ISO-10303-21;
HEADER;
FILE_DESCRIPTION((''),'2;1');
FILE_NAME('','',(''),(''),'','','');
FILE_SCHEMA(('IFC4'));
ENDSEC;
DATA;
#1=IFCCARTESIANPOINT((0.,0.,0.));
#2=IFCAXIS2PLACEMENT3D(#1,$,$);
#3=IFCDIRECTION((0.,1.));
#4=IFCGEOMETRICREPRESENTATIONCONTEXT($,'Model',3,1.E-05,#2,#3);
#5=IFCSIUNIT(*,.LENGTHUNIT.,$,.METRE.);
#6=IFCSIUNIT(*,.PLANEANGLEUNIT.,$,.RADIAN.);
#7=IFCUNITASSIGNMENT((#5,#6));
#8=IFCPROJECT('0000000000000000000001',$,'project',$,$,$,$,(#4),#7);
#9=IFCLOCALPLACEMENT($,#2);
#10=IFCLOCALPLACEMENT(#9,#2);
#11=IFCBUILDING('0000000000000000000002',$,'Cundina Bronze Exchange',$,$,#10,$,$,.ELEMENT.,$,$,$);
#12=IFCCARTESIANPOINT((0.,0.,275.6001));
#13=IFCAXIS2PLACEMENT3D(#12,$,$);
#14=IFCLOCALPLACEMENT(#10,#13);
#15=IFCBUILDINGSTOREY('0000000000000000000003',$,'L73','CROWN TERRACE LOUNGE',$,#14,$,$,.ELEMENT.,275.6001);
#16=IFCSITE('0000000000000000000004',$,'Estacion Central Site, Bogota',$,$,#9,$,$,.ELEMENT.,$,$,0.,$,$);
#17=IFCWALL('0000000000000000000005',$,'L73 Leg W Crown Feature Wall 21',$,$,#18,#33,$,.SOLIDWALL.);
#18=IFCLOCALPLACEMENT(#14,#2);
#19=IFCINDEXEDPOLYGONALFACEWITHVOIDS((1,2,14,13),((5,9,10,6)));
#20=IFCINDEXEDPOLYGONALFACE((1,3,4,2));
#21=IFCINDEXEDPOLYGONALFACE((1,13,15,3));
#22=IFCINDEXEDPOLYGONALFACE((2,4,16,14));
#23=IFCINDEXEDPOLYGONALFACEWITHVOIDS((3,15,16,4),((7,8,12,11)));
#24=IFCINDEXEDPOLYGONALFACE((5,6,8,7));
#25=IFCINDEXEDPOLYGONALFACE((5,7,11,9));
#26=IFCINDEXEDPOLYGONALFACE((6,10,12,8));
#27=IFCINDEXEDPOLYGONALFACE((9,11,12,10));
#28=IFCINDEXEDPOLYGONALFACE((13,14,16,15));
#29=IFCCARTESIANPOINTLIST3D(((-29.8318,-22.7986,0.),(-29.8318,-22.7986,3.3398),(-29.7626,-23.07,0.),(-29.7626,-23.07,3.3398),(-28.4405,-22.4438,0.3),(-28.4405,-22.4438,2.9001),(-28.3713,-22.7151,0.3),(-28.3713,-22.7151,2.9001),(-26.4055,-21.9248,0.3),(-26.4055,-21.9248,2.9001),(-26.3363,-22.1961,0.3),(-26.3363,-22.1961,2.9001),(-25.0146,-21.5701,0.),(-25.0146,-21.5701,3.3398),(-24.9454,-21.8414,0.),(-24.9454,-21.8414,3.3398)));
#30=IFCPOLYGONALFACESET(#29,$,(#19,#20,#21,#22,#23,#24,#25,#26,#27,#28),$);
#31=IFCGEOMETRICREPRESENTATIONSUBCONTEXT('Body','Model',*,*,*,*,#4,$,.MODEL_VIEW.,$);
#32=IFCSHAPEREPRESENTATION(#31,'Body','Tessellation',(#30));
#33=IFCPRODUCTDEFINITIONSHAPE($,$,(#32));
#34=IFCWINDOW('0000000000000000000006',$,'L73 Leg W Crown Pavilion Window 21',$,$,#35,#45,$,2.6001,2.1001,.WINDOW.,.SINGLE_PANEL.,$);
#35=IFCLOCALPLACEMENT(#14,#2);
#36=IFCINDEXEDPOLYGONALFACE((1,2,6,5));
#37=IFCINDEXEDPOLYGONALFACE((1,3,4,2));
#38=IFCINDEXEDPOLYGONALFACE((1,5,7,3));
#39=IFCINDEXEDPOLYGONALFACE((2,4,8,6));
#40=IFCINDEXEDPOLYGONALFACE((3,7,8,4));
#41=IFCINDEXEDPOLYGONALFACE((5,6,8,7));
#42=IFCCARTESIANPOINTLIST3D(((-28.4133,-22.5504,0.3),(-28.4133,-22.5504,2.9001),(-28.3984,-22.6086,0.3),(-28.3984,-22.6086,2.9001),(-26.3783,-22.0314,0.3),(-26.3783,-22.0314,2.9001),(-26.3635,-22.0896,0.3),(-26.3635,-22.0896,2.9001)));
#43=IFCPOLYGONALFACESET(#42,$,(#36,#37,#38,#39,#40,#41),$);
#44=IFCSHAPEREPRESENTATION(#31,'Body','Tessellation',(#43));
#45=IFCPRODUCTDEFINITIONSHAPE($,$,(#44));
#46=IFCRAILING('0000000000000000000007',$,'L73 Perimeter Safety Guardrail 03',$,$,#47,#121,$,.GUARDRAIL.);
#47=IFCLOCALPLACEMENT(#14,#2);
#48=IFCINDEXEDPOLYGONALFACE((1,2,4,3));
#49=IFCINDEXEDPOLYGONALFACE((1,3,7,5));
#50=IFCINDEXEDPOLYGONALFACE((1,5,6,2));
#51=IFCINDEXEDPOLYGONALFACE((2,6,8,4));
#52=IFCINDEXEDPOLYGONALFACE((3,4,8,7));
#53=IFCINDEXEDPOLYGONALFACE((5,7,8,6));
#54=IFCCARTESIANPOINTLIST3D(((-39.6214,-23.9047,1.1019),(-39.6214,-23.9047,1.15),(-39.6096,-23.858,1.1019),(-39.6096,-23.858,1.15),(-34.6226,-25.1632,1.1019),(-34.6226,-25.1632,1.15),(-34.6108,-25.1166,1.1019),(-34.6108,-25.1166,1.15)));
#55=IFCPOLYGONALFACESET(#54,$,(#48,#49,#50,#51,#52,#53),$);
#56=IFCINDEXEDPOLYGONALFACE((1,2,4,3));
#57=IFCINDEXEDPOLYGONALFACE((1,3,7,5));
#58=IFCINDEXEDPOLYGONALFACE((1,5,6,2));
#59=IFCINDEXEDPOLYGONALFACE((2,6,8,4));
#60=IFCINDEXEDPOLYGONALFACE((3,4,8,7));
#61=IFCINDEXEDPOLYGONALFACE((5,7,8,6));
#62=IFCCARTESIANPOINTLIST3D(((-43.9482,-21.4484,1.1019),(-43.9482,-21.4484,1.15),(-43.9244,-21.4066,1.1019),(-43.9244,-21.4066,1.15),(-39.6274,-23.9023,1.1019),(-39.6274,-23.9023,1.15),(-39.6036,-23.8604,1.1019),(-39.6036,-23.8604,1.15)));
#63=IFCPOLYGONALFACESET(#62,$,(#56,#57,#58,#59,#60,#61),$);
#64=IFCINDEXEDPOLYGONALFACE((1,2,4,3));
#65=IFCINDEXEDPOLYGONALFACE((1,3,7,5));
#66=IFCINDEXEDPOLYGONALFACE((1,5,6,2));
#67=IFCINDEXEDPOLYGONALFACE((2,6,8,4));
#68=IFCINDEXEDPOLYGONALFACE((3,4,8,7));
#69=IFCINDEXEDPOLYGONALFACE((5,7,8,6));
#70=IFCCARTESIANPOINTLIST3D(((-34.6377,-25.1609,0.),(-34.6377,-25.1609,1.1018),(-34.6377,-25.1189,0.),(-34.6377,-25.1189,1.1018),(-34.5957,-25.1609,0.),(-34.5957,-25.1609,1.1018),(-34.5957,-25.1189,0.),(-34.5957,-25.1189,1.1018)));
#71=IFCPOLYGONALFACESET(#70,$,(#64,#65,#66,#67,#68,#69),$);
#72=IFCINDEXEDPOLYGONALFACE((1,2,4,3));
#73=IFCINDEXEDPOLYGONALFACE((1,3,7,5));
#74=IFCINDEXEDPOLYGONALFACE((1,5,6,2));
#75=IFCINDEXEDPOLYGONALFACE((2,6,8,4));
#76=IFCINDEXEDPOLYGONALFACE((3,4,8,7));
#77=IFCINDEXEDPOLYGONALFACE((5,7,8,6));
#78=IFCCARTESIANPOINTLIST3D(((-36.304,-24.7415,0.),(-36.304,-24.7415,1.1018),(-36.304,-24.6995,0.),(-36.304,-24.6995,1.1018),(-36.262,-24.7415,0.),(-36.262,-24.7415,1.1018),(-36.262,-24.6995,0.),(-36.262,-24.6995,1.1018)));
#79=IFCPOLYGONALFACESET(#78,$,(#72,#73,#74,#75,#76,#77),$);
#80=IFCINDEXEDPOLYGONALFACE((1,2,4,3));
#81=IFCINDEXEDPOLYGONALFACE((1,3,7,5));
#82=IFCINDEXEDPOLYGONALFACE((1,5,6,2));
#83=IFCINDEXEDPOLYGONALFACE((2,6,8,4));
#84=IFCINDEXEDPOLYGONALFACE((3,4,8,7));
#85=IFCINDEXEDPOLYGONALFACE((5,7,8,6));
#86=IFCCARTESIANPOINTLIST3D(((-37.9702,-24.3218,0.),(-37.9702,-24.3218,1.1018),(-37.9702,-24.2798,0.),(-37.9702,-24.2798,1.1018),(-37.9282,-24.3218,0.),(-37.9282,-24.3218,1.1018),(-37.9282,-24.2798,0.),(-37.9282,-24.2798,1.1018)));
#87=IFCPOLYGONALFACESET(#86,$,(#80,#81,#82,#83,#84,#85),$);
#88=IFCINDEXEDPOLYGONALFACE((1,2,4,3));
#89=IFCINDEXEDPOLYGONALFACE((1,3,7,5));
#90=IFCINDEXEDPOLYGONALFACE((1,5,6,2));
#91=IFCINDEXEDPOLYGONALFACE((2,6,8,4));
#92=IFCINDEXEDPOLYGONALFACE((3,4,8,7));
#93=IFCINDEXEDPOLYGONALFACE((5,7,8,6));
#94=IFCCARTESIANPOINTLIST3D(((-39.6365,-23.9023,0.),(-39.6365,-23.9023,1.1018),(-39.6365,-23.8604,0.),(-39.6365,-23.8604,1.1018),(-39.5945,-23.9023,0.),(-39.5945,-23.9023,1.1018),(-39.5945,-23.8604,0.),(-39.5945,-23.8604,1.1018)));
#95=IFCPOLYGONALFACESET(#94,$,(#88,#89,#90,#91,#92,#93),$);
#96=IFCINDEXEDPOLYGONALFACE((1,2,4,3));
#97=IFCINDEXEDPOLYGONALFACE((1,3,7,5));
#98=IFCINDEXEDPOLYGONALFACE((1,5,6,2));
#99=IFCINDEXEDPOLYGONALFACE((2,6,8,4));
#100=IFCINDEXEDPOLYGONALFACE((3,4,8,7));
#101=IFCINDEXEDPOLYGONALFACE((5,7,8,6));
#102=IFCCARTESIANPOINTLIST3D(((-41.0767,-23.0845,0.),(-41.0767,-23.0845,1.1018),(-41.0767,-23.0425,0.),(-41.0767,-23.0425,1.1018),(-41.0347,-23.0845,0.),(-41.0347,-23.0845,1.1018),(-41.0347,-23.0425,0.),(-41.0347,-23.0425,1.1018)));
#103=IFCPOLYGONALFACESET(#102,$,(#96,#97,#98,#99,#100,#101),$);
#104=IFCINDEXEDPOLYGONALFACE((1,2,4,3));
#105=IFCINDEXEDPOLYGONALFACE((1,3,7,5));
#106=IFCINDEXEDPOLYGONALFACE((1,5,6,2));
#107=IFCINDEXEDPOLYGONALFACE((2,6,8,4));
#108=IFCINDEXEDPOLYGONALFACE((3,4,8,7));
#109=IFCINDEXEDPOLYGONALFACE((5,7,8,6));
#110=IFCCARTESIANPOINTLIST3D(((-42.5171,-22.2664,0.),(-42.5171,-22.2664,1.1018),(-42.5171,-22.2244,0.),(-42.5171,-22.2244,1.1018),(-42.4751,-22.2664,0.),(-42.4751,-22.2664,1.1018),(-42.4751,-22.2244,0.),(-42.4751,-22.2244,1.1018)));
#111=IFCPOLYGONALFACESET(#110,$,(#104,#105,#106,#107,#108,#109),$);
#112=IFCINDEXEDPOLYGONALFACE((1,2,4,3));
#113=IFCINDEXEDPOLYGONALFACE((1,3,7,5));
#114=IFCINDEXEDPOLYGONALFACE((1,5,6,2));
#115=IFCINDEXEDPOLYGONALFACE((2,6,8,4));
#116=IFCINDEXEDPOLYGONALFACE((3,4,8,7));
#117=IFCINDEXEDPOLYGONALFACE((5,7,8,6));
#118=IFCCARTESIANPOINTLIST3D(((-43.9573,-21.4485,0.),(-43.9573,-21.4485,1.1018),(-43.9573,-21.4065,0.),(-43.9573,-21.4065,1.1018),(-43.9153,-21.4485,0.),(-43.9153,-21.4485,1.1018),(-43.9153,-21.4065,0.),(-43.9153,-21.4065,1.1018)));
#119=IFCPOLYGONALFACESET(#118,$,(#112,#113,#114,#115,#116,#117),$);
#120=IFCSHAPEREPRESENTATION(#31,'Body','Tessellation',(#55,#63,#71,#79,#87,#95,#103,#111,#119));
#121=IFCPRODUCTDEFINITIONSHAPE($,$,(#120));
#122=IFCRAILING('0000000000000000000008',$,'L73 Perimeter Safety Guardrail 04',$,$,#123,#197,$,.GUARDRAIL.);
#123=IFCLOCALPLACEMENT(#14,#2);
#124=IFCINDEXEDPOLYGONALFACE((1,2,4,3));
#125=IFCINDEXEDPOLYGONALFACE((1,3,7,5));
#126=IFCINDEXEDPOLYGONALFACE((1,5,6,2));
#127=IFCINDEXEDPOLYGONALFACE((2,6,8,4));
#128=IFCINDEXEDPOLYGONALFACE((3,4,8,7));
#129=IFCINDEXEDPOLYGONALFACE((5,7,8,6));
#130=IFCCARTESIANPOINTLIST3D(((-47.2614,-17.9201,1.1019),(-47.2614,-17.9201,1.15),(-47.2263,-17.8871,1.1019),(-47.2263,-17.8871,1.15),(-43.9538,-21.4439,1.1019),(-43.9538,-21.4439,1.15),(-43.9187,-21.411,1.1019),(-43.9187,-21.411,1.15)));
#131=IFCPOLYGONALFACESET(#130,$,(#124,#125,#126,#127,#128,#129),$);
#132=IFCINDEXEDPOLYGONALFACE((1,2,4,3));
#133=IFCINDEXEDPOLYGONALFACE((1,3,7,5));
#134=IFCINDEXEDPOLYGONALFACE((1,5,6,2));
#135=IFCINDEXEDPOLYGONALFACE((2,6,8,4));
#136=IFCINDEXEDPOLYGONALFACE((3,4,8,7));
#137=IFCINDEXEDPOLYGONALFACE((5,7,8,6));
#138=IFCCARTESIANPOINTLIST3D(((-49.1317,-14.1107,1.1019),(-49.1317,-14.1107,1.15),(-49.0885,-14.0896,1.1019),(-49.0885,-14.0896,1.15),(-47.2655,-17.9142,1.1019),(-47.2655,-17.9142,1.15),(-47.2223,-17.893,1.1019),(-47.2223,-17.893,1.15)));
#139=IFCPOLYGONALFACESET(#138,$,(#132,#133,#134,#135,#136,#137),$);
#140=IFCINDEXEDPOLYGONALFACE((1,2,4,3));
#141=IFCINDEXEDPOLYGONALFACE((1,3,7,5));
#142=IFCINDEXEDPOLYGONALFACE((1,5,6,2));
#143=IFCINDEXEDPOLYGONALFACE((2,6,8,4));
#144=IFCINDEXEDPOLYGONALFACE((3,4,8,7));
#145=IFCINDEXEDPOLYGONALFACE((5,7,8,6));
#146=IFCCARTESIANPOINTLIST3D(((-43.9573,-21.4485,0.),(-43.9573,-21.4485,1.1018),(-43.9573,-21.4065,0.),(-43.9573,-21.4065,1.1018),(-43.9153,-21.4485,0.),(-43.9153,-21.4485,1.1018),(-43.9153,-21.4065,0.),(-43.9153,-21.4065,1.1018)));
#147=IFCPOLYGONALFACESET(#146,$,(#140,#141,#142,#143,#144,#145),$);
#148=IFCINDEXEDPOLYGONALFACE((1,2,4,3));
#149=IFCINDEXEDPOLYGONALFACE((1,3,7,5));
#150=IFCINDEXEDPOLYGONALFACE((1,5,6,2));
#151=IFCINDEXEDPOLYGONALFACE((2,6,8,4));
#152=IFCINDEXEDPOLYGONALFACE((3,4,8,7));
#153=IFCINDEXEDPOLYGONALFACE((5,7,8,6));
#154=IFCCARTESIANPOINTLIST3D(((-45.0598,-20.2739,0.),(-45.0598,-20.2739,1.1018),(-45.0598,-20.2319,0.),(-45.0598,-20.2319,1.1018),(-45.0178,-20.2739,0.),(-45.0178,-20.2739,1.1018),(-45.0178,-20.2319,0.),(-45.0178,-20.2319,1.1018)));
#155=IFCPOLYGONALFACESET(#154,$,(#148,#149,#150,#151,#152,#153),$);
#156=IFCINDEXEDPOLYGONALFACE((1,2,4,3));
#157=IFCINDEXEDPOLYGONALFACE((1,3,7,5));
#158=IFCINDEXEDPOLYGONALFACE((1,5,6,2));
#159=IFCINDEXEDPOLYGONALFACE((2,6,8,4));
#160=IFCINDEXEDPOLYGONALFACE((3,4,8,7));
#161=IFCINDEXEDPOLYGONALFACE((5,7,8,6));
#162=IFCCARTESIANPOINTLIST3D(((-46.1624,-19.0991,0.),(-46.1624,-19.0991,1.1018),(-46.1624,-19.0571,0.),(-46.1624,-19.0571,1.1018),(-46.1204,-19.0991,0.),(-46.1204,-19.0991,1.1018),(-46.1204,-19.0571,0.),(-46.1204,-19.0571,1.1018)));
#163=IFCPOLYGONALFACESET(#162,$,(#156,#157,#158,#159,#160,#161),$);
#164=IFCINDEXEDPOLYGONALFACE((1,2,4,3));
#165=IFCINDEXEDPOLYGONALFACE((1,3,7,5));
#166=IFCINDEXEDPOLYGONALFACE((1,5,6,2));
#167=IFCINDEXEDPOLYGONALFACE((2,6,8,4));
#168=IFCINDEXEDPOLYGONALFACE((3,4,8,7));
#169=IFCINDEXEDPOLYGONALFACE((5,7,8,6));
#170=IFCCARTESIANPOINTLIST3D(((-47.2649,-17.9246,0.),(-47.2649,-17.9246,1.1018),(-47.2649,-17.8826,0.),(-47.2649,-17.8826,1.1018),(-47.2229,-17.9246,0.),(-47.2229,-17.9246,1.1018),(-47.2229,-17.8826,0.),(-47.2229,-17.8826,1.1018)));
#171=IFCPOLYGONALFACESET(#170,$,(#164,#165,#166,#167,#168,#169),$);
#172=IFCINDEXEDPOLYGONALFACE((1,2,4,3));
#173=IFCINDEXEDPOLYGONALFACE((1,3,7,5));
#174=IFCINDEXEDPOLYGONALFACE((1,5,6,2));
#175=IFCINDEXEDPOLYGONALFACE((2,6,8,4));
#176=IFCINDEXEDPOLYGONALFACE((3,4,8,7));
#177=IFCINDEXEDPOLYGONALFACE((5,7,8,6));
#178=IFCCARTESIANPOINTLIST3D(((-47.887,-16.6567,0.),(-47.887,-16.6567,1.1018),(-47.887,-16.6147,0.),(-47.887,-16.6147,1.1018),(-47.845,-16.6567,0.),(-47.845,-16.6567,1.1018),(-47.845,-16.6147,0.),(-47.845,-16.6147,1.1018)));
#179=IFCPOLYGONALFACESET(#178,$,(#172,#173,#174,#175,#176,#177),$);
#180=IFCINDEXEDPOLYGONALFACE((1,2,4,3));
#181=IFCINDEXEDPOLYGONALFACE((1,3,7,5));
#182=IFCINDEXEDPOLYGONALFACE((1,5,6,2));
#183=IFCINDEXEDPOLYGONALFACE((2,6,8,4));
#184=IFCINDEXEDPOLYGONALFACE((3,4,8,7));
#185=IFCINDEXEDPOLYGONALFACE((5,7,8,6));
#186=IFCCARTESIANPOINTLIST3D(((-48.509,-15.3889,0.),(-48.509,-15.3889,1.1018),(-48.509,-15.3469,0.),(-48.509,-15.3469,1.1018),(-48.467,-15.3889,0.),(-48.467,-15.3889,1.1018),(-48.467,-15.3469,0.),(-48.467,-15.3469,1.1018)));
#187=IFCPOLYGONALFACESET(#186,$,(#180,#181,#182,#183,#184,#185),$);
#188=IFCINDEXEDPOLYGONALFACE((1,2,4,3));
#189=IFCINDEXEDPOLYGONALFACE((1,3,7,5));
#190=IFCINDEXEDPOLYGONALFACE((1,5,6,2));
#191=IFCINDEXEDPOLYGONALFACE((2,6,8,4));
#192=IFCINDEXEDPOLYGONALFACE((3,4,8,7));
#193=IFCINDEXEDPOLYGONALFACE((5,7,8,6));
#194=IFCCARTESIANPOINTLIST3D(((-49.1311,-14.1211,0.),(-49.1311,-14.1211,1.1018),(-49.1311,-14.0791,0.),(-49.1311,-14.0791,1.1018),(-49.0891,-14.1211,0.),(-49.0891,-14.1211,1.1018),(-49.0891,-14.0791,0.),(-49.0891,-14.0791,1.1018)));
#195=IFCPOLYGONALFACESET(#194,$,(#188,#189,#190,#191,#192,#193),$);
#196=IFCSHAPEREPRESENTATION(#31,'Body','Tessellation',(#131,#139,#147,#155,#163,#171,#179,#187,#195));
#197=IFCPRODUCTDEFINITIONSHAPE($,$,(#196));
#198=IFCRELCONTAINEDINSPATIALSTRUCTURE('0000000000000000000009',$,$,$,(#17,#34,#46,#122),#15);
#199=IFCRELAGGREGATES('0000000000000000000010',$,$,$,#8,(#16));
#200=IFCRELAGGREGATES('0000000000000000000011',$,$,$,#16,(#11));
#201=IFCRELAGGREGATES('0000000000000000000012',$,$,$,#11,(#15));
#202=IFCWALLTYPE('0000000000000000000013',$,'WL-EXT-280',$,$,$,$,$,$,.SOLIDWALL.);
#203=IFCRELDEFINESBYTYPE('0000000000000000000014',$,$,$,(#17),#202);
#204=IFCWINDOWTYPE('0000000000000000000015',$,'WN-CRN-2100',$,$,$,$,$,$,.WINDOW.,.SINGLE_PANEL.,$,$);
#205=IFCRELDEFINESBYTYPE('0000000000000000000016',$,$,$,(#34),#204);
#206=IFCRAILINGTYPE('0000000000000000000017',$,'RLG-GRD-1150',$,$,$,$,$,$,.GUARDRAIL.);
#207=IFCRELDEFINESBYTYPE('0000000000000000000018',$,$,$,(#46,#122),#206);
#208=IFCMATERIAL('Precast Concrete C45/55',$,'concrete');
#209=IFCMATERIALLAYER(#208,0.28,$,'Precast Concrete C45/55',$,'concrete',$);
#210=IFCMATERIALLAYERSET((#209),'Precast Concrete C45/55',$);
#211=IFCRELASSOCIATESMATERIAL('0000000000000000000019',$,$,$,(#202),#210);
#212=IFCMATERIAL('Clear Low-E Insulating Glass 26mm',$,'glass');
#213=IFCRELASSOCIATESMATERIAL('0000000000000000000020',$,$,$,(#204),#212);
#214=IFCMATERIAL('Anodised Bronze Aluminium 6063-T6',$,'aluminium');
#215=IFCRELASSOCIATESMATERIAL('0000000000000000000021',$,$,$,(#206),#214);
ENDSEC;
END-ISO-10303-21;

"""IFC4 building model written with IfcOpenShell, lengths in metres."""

from ifc_helpers import new_model, si_unit, direction, frame, frame_2d, origin, origin_2d, place, context, subcontext, project, spatial, rectangle, extrude, material, layer, layer_set, type_object, element, fill, save


model = new_model("IFC4")

# Units and contexts
model_context = context("Model", 3, precision=1e-05, world=origin(), true_north=direction((0.0, 1.0)))
body_context = subcontext(model_context, "Body", "Model", "MODEL_VIEW")
ifc_project = project(units=[si_unit("LENGTHUNIT", "METRE"), si_unit("PLANEANGLEUNIT", "RADIAN")], contexts=[model_context])

# Site, building, storey
site_placement = place(None, origin())
site = spatial("IfcSite", under=ifc_project, at=site_placement, Name="Estacion Central Site, Bogota", CompositionType="ELEMENT", RefElevation=0.0)
building_placement = place(site_placement, origin())
building = spatial("IfcBuilding", under=site, at=building_placement, Name="Cundina Bronze Exchange", CompositionType="ELEMENT")
storey_placement = place(building_placement, frame((0.0, 0.0, 275.6001)))
storey = spatial("IfcBuildingStorey", under=building, at=storey_placement, Name="L73", Description="CROWN TERRACE LOUNGE", CompositionType="ELEMENT", Elevation=275.6001)

# Shared definitions
ifc_material_1 = material(Name="Anodised Bronze Aluminium 6063-T6", Category="aluminium")
ifc_material_2 = material(Name="Clear Low-E Insulating Glass 26mm", Category="glass")

# Shared definitions
ifc_material_3 = material(Name="Precast Concrete C45/55", Category="concrete")
ifc_layer_1 = layer(ifc_material_3, 0.28, Name="Precast Concrete C45/55", Category="concrete")
ifc_layer_set_1 = layer_set([ifc_layer_1], Name="Precast Concrete C45/55")
wall_type_1 = type_object("IfcWallType", Name="WL-EXT-280", PredefinedType="SOLIDWALL", material=ifc_layer_set_1)

# Wall, opening, window
wall_1_placement = place(storey_placement, frame((-29.7974, -22.9343, 0.0), z_axis=(0.0, 0.0, 1.0), x_axis=(0.968985, 0.24712, 0.0)))
wall_1 = element("IfcWall", 1, at=wall_1_placement, inside=storey, type_object=wall_type_1, Name="L73 Leg W Crown Feature Wall 21", PredefinedType="SOLIDWALL", context=body_context, shape_type="SweptSolid", body=[
    extrude(rectangle(XDim=4.9714, YDim=0.28, at=frame_2d((2.4858, 0.0))), origin(), (0.0, 0.0, 1.0), 3.3398),
])
opening_1_placement = place(wall_1_placement, frame((1.436, 0.0, 0.3)))
opening_1 = element("IfcOpeningElement", 2, at=opening_1_placement, cuts=wall_1, PredefinedType="OPENING", context=body_context, shape_type="SweptSolid", body=[
    extrude(rectangle(XDim=2.1001, YDim=2.6001, at=frame_2d((1.05, 1.3))), frame((0.0, 0.1499, 0.0), z_axis=(0.0, -1.0, 0.0), x_axis=(1.0, 0.0, 0.0)), (0.0, 0.0, 1.0), 0.3),
])
window_type = type_object("IfcWindowType", Name="WN-CRN-2100", PartitioningType="SINGLE_PANEL", PredefinedType="WINDOW", material=ifc_material_2)
window_placement = place(opening_1_placement, origin())
window = element("IfcWindow", 3, at=window_placement, inside=storey, type_object=window_type, Name="L73 Leg W Crown Pavilion Window 21", OverallHeight=2.6001, OverallWidth=2.1001, PartitioningType="SINGLE_PANEL", PredefinedType="WINDOW", context=body_context, shape_type="SweptSolid", body=[
    extrude(rectangle(XDim=2.1001, YDim=2.6001, at=frame_2d((1.05, 1.3))), frame((0.0, 0.03, 0.0), z_axis=(0.0, -1.0, 0.0), x_axis=(1.0, 0.0, 0.0)), (0.0, 0.0, 1.0), 0.0601),
])
fill(opening_1, window)

# Railings
railing_type = type_object("IfcRailingType", Name="RLG-GRD-1150", PredefinedType="GUARDRAIL", material=ifc_material_1)
railing_1_placement = place(storey_placement, frame((-34.6167, -25.1399, 0.0)))
element("IfcRailing", 4, at=railing_1_placement, inside=storey, type_object=railing_type, Name="L73 Perimeter Safety Guardrail 03", PredefinedType="GUARDRAIL", context=body_context, shape_type="SweptSolid", body=[
    extrude(rectangle(XDim=0.0481, YDim=0.0481, at=origin_2d()), frame((0.0, 0.0, 1.126), z_axis=(-0.969737, 0.244151, 0.0), x_axis=(-0.244151, -0.969737, 0.0)), (0.0, 0.0, 1.0), 5.1548),
    extrude(rectangle(XDim=0.0481, YDim=0.0481, at=origin_2d()), frame((-4.9988, 1.2585, 1.126), z_axis=(-0.869555, 0.493836, 0.0), x_axis=(-0.493836, -0.869555, 0.0)), (0.0, 0.0, 1.0), 4.969),
    extrude(rectangle(XDim=0.042, YDim=0.042, at=origin_2d()), origin(), (0.0, 0.0, 1.0), 1.1018),
    extrude(rectangle(XDim=0.042, YDim=0.042, at=origin_2d()), frame((-1.6663, 0.4194, 0.0)), (0.0, 0.0, 1.0), 1.1018),
    extrude(rectangle(XDim=0.042, YDim=0.042, at=origin_2d()), frame((-3.3325, 0.8391, 0.0)), (0.0, 0.0, 1.0), 1.1018),
    extrude(rectangle(XDim=0.042, YDim=0.042, at=origin_2d()), frame((-4.9988, 1.2585, 0.0)), (0.0, 0.0, 1.0), 1.1018),
    extrude(rectangle(XDim=0.042, YDim=0.042, at=origin_2d()), frame((-6.439, 2.0764, 0.0)), (0.0, 0.0, 1.0), 1.1018),
    extrude(rectangle(XDim=0.042, YDim=0.042, at=origin_2d()), frame((-7.8794, 2.8945, 0.0)), (0.0, 0.0, 1.0), 1.1018),
    extrude(rectangle(XDim=0.042, YDim=0.042, at=origin_2d()), frame((-9.3196, 3.7124, 0.0)), (0.0, 0.0, 1.0), 1.1018),
])
railing_2_placement = place(storey_placement, frame((-43.9363, -21.4275, 0.0)))
element("IfcRailing", 5, at=railing_2_placement, inside=storey, type_object=railing_type, Name="L73 Perimeter Safety Guardrail 04", PredefinedType="GUARDRAIL", context=body_context, shape_type="SweptSolid", body=[
    extrude(rectangle(XDim=0.0481, YDim=0.0481, at=origin_2d()), frame((0.0, 0.0, 1.126), z_axis=(-0.684375, 0.729131, 0.0), x_axis=(-0.729131, -0.684375, 0.0)), (0.0, 0.0, 1.0), 4.833),
    extrude(rectangle(XDim=0.0481, YDim=0.0481, at=origin_2d()), frame((-3.3076, 3.5239, 1.126), z_axis=(-0.440493, 0.897756, 0.0), x_axis=(-0.897756, -0.440493, 0.0)), (0.0, 0.0, 1.0), 4.2366),
    extrude(rectangle(XDim=0.042, YDim=0.042, at=origin_2d()), origin(), (0.0, 0.0, 1.0), 1.1018),
    extrude(rectangle(XDim=0.042, YDim=0.042, at=origin_2d()), frame((-1.1025, 1.1746, 0.0)), (0.0, 0.0, 1.0), 1.1018),
    extrude(rectangle(XDim=0.042, YDim=0.042, at=origin_2d()), frame((-2.2051, 2.3494, 0.0)), (0.0, 0.0, 1.0), 1.1018),
    extrude(rectangle(XDim=0.042, YDim=0.042, at=origin_2d()), frame((-3.3076, 3.5239, 0.0)), (0.0, 0.0, 1.0), 1.1018),
    extrude(rectangle(XDim=0.042, YDim=0.042, at=origin_2d()), frame((-3.9297, 4.7917, 0.0)), (0.0, 0.0, 1.0), 1.1018),
    extrude(rectangle(XDim=0.042, YDim=0.042, at=origin_2d()), frame((-4.5518, 6.0596, 0.0)), (0.0, 0.0, 1.0), 1.1018),
    extrude(rectangle(XDim=0.042, YDim=0.042, at=origin_2d()), frame((-5.1738, 7.3274, 0.0)), (0.0, 0.0, 1.0), 1.1018),
])

save(model, "model.ifc")
